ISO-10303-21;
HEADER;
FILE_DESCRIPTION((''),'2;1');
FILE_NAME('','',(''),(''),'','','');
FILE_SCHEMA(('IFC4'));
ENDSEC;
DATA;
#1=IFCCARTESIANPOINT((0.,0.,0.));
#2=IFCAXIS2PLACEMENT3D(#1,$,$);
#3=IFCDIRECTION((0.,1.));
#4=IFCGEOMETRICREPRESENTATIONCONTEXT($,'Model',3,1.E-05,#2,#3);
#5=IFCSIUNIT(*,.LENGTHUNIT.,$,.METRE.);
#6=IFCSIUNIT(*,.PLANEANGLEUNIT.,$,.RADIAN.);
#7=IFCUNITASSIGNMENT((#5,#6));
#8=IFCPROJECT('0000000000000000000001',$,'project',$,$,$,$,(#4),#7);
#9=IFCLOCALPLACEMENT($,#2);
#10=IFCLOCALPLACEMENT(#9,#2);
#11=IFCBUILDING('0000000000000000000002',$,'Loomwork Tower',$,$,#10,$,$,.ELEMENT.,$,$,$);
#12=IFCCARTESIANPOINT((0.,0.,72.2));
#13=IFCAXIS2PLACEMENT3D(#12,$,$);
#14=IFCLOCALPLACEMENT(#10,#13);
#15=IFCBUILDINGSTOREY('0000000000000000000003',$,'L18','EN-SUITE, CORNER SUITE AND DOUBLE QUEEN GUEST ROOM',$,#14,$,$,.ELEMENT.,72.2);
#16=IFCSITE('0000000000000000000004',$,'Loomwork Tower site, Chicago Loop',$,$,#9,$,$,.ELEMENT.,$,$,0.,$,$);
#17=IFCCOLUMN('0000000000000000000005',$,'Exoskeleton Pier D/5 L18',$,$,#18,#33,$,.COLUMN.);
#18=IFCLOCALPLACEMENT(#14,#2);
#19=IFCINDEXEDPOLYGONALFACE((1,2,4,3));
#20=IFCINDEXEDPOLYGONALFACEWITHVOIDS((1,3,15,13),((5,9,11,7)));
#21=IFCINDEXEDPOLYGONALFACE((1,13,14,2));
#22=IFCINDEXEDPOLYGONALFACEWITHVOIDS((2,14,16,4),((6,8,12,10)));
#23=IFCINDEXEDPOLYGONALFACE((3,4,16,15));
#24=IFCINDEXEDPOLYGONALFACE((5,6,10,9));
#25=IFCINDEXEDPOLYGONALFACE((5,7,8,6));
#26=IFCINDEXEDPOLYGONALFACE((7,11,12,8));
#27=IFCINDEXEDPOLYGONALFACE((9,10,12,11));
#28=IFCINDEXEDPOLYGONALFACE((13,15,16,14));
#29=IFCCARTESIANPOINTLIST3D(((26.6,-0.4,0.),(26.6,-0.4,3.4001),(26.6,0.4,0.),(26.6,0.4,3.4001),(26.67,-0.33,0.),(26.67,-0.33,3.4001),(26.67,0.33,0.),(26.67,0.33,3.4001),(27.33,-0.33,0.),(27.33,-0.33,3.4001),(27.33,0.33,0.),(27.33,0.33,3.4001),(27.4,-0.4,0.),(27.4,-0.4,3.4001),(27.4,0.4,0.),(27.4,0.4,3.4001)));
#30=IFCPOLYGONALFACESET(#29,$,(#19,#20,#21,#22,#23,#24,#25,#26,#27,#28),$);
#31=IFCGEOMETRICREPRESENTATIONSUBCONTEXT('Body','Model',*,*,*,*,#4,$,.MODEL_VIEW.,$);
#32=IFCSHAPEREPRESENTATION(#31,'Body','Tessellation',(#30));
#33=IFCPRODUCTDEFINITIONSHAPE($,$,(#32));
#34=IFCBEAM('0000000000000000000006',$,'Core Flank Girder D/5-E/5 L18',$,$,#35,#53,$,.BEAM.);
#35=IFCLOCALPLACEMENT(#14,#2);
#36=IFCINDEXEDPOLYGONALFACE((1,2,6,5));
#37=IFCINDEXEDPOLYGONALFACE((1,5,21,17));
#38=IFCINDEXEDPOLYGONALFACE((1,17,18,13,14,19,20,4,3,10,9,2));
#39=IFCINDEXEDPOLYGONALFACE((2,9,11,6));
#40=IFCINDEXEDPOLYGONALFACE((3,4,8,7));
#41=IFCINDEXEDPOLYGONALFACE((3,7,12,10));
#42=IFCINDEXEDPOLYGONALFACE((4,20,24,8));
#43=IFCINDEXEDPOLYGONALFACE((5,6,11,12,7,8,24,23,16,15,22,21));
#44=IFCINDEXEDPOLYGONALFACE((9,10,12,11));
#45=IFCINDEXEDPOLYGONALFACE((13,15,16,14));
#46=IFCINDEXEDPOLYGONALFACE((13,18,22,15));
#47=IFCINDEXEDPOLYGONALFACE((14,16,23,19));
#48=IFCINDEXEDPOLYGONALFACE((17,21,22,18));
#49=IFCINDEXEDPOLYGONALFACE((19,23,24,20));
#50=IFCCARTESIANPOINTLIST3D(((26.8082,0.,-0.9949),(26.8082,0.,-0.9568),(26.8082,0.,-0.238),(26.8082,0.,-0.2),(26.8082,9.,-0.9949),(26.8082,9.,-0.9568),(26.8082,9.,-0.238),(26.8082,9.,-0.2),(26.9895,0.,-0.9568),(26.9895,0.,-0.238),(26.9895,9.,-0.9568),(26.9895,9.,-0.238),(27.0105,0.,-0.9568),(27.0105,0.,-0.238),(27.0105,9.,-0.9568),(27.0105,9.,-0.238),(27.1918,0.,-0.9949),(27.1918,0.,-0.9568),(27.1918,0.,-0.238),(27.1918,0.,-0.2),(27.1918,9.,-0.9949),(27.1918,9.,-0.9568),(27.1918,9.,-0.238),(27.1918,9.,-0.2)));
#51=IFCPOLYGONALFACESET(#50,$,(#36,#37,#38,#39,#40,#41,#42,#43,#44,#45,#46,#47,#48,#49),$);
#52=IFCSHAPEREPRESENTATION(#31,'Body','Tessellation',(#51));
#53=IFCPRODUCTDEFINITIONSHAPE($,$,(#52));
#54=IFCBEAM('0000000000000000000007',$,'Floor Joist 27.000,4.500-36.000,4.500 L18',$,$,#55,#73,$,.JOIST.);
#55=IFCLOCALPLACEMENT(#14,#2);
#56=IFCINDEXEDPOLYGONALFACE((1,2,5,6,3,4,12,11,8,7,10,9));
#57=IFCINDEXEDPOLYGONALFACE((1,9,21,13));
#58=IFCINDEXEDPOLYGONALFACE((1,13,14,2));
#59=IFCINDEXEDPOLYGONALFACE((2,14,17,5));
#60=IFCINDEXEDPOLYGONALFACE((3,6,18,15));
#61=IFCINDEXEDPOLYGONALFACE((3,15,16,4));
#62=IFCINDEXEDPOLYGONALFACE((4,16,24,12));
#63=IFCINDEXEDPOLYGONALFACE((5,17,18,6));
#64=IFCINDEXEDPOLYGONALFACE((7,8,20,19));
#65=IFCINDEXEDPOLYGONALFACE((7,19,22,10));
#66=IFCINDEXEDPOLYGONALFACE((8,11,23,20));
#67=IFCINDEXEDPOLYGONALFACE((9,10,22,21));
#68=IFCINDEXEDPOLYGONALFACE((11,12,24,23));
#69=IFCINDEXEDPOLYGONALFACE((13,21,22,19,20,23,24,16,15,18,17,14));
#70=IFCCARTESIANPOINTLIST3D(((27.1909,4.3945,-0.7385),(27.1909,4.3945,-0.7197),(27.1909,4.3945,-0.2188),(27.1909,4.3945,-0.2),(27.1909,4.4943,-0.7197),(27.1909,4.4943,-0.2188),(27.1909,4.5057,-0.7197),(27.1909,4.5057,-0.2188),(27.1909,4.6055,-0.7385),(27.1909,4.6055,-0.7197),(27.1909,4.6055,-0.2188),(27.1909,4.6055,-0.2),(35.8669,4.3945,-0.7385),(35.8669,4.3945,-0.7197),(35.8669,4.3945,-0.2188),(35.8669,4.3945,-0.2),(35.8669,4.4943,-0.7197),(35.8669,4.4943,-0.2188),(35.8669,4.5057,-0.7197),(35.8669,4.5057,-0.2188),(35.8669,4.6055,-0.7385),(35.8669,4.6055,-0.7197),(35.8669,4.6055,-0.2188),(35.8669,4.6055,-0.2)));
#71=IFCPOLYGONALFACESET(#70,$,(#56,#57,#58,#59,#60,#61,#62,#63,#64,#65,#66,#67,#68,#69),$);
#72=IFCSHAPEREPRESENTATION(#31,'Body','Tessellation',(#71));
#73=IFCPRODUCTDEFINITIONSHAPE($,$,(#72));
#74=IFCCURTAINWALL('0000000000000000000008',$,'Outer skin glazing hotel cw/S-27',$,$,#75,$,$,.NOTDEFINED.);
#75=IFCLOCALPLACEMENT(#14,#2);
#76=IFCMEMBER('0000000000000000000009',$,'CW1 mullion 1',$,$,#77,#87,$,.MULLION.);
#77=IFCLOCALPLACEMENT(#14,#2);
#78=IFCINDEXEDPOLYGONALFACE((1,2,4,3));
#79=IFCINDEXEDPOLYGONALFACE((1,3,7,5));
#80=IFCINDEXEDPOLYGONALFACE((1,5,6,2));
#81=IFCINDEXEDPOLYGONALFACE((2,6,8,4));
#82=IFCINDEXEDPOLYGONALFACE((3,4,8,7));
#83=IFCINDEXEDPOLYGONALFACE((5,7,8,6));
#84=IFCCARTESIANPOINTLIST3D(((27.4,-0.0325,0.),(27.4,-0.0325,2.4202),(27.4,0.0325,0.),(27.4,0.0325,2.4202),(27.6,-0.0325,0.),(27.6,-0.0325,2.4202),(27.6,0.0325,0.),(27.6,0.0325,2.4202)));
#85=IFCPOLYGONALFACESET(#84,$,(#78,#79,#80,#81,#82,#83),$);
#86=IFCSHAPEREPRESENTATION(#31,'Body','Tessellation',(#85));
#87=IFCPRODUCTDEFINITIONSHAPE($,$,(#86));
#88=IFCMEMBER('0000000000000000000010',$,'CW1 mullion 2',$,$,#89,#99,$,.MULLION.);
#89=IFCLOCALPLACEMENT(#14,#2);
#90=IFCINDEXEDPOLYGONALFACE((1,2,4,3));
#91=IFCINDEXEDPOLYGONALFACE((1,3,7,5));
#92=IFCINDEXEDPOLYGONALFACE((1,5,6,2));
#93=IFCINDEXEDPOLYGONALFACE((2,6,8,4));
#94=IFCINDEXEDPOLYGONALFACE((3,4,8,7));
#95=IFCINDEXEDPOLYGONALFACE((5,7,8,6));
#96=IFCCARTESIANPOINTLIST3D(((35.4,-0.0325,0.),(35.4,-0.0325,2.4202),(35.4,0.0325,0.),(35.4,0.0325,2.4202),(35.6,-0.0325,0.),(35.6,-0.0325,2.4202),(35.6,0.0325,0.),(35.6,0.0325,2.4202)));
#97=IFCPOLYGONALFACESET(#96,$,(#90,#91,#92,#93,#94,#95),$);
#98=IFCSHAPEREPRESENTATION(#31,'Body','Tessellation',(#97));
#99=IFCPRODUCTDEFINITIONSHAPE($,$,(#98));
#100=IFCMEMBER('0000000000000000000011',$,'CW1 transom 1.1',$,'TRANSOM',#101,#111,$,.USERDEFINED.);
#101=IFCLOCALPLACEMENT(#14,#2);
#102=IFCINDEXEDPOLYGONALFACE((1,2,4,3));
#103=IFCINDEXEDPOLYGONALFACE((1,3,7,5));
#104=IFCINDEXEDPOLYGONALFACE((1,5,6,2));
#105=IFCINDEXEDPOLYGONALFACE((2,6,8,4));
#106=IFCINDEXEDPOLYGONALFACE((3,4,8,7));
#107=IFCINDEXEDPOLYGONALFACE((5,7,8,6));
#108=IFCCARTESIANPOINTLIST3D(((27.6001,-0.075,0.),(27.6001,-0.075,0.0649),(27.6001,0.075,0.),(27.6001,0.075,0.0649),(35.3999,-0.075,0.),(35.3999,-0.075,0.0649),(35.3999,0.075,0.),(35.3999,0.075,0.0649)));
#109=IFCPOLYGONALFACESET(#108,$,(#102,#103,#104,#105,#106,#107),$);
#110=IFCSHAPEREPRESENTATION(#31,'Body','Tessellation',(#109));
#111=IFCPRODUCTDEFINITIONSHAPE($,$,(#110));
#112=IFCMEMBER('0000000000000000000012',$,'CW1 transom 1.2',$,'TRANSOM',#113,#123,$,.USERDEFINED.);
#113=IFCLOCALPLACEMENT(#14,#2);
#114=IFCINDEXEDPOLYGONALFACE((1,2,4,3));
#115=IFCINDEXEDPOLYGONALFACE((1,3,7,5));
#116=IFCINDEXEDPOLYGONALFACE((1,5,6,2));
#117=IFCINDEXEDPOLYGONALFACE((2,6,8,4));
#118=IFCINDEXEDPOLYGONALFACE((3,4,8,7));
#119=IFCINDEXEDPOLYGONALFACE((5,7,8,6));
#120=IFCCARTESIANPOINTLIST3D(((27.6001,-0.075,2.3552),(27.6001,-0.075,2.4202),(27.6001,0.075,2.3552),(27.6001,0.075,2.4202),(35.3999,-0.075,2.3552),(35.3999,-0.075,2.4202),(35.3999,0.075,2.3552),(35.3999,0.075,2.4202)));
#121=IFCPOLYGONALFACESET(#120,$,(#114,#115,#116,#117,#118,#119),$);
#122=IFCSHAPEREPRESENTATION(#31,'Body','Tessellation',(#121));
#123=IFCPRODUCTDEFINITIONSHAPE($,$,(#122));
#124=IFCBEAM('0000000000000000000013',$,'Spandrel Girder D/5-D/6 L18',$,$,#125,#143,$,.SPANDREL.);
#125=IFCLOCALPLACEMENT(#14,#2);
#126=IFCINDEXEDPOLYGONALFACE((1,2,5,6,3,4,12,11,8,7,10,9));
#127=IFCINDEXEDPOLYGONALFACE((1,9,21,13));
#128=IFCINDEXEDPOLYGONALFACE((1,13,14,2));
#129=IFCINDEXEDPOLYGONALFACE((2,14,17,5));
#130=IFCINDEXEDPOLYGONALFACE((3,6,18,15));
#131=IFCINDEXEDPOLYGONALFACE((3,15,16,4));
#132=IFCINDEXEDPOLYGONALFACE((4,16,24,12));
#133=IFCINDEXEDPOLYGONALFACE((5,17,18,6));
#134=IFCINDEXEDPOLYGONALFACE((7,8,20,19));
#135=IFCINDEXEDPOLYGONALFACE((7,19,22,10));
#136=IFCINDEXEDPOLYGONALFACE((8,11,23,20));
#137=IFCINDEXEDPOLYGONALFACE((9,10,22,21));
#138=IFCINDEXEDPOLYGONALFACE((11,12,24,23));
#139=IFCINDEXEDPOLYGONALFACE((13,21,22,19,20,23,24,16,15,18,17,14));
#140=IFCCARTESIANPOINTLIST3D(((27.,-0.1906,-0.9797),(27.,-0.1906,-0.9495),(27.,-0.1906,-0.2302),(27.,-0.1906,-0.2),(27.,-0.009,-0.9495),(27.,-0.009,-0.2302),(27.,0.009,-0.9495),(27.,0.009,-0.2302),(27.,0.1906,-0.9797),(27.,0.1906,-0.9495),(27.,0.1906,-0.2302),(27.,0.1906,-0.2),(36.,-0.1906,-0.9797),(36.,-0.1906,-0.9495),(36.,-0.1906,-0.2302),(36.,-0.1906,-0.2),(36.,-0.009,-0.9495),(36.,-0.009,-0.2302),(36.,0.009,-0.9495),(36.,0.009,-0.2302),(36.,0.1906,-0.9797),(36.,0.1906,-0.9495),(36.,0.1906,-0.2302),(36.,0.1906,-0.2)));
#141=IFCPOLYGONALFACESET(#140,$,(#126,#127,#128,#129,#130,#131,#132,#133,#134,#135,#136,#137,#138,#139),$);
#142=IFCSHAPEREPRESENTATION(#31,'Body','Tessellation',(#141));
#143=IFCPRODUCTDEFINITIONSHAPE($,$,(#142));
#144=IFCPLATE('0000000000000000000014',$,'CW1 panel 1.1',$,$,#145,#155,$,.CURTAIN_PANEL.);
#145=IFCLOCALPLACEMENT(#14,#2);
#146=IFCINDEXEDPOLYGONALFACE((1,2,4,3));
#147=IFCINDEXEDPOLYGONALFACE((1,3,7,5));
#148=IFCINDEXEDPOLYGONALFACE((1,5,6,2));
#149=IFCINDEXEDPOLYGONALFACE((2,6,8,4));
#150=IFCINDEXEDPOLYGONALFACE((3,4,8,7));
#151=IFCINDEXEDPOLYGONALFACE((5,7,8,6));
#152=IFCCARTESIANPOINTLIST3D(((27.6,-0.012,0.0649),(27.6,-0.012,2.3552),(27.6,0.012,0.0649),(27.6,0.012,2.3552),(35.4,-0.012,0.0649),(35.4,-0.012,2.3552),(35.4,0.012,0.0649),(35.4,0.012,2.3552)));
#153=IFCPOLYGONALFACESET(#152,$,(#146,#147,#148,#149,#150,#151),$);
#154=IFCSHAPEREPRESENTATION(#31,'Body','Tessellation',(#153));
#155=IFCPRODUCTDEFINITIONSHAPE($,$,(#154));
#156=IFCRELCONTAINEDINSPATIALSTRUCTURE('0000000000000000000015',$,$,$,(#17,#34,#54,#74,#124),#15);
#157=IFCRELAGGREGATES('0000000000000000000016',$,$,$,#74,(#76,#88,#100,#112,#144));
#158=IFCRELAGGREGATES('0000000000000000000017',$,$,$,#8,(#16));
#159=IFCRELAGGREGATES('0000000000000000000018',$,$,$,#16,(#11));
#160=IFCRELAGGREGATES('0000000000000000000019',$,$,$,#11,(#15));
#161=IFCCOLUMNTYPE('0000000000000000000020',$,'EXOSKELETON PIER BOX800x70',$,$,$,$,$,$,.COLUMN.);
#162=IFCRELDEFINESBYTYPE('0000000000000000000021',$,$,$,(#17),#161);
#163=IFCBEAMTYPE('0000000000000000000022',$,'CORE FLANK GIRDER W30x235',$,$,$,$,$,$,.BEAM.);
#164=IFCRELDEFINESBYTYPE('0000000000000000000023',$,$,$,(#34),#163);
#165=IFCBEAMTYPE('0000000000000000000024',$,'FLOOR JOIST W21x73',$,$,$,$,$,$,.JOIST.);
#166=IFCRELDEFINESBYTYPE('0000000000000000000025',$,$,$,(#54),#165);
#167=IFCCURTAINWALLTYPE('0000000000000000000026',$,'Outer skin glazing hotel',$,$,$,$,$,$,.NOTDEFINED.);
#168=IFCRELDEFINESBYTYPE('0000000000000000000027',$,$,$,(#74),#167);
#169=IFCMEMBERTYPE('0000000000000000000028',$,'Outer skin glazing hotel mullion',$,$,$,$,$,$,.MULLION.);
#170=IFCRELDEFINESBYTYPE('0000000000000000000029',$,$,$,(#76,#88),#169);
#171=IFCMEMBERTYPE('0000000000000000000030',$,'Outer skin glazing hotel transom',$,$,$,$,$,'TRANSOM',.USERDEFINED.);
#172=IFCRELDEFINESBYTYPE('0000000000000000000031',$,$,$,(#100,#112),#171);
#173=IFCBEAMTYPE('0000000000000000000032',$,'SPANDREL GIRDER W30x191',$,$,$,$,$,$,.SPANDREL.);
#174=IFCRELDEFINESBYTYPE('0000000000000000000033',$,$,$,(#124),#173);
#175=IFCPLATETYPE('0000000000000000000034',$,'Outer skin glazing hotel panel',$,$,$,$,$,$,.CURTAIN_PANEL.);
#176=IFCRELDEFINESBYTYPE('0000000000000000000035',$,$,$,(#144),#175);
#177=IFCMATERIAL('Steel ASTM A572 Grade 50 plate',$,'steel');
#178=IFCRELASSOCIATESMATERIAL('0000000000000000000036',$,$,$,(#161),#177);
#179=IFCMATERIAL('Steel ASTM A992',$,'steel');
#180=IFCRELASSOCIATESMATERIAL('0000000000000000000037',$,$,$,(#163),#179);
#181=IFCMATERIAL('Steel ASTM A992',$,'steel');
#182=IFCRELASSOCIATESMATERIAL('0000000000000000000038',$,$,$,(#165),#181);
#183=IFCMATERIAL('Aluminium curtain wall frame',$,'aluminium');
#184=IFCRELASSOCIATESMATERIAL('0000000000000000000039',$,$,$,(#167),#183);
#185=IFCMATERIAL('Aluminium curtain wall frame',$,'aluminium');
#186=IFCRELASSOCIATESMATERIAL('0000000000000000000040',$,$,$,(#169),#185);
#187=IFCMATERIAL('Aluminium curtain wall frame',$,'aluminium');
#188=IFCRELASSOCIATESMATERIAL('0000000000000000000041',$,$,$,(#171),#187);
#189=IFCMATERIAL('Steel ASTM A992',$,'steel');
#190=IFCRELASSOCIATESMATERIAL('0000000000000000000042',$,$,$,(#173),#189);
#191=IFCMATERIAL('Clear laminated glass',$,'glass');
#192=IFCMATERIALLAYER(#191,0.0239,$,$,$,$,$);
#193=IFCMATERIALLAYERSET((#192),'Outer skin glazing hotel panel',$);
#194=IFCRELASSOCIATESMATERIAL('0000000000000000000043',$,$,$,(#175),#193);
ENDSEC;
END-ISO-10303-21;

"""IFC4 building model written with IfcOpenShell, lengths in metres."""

from ifc_helpers import new_model, si_unit, direction, frame, origin, origin_2d, place, context, subcontext, project, spatial, rectangle, hollow_rectangle, i_section, extrude, material, layer, layer_set, material_profile, profile_set, type_object, element, aggregate, save


model = new_model("IFC4")

# Units and contexts
model_context = context("Model", 3, precision=1e-05, world=origin(), true_north=direction((0.0, 1.0)))
body_context = subcontext(model_context, "Body", "Model", "MODEL_VIEW")
ifc_project = project(units=[si_unit("LENGTHUNIT", "METRE"), si_unit("PLANEANGLEUNIT", "RADIAN")], contexts=[model_context])

# Site, building, storey
site_placement = place(None, origin())
site = spatial("IfcSite", under=ifc_project, at=site_placement, Name="Loomwork Tower site, Chicago Loop", CompositionType="ELEMENT", RefElevation=0.0)
building_placement = place(site_placement, origin())
building = spatial("IfcBuilding", under=site, at=building_placement, Name="Loomwork Tower", CompositionType="ELEMENT")
storey_placement = place(building_placement, frame((0.0, 0.0, 72.2)))
storey = spatial("IfcBuildingStorey", under=building, at=storey_placement, Name="L18", Description="EN-SUITE, CORNER SUITE AND DOUBLE QUEEN GUEST ROOM", CompositionType="ELEMENT", Elevation=72.2)

# Column
ifc_material_1 = material(Name="Steel ASTM A572 Grade 50 plate", Category="steel")
ifc_material_profile_1 = material_profile(ifc_material_1, hollow_rectangle(XDim=0.8, YDim=0.8, WallThickness=0.0701, at=origin_2d()), Name="BOX800x70")
ifc_profile_set_1 = profile_set([ifc_material_profile_1], Name="Steel ASTM A572 Grade 50 plate")
column_type = type_object("IfcColumnType", Name="EXOSKELETON PIER BOX800x70", PredefinedType="COLUMN", material=ifc_profile_set_1)
column_placement = place(storey_placement, frame((27.0, 0.0, 0.0), z_axis=(0.0, 0.0, 1.0), x_axis=(1.0, 0.0, 0.0)))
element("IfcColumn", 1, at=column_placement, inside=storey, type_object=column_type, Name="Exoskeleton Pier D/5 L18", PredefinedType="COLUMN", context=body_context, shape_type="SweptSolid", body=[
    extrude(hollow_rectangle(XDim=0.8, YDim=0.8, WallThickness=0.0701, at=origin_2d()), origin(), (0.0, 0.0, 1.0), 3.4001),
])

# Beams
ifc_material_2 = material(Name="Steel ASTM A992", Category="steel")
ifc_material_profile_2 = material_profile(ifc_material_2, i_section(OverallWidth=0.3835, OverallDepth=0.7949, WebThickness=0.021, FlangeThickness=0.0381, at=origin_2d()), Name="W30x235")
ifc_profile_set_2 = profile_set([ifc_material_profile_2], Name="Steel ASTM A992")
beam_type_1 = type_object("IfcBeamType", Name="CORE FLANK GIRDER W30x235", PredefinedType="BEAM", material=ifc_profile_set_2)
beam_1_placement = place(storey_placement, frame((27.0, 0.0, -0.5974), z_axis=(0.0, 1.0, 0.0), x_axis=(-1.0, 0.0, 0.0)))
element("IfcBeam", 2, at=beam_1_placement, inside=storey, type_object=beam_type_1, Name="Core Flank Girder D/5-E/5 L18", PredefinedType="BEAM", context=body_context, shape_type="SweptSolid", body=[
    extrude(i_section(OverallWidth=0.3835, OverallDepth=0.7949, WebThickness=0.021, FlangeThickness=0.0381, at=origin_2d()), origin(), (0.0, 0.0, 1.0), 9.0),
])
ifc_material_3 = material(Name="Steel ASTM A992", Category="steel")
ifc_material_profile_3 = material_profile(ifc_material_3, i_section(OverallWidth=0.2109, OverallDepth=0.5386, WebThickness=0.0115, FlangeThickness=0.0188, at=origin_2d()), Name="W21x73")
ifc_profile_set_3 = profile_set([ifc_material_profile_3], Name="Steel ASTM A992")
beam_type_2 = type_object("IfcBeamType", Name="FLOOR JOIST W21x73", PredefinedType="JOIST", material=ifc_profile_set_3)
beam_2_placement = place(storey_placement, frame((27.1909, 4.5, -0.4692), z_axis=(1.0, 0.0, 0.0), x_axis=(0.0, 1.0, 0.0)))
element("IfcBeam", 3, at=beam_2_placement, inside=storey, type_object=beam_type_2, Name="Floor Joist 27.000,4.500-36.000,4.500 L18", PredefinedType="JOIST", context=body_context, shape_type="SweptSolid", body=[
    extrude(i_section(OverallWidth=0.2109, OverallDepth=0.5386, WebThickness=0.0115, FlangeThickness=0.0188, at=origin_2d()), origin(), (0.0, 0.0, 1.0), 8.676),
])

# Curtain wall, members
ifc_material_4 = material(Name="Aluminium curtain wall frame", Category="aluminium")
curtain_wall_type = type_object("IfcCurtainWallType", Name="Outer skin glazing hotel", PredefinedType="NOTDEFINED", material=ifc_material_4)
curtain_wall_placement = place(storey_placement, origin())
curtain_wall = element("IfcCurtainWall", 4, at=curtain_wall_placement, inside=storey, type_object=curtain_wall_type, Name="Outer skin glazing hotel cw/S-27", PredefinedType="NOTDEFINED")
ifc_material_5 = material(Name="Aluminium curtain wall frame", Category="aluminium")
ifc_material_profile_4 = material_profile(ifc_material_5, rectangle(XDim=0.0649, YDim=0.2, at=origin_2d()), Name="AL 65x200")
ifc_profile_set_4 = profile_set([ifc_material_profile_4], Name="Aluminium curtain wall frame")
member_type_1 = type_object("IfcMemberType", Name="Outer skin glazing hotel mullion", PredefinedType="MULLION", material=ifc_profile_set_4)
member_1_placement = place(storey_placement, frame((27.5, 0.0, 0.0), z_axis=(0.0, 0.0, 1.0), x_axis=(0.0, 1.0, 0.0)))
member_1 = element("IfcMember", 5, at=member_1_placement, type_object=member_type_1, Name="CW1 mullion 1", PredefinedType="MULLION", context=body_context, shape_type="SweptSolid", body=[
    extrude(rectangle(XDim=0.0649, YDim=0.2, at=origin_2d()), origin(), (0.0, 0.0, 1.0), 2.4202),
])
member_2_placement = place(storey_placement, frame((35.5, 0.0, 0.0), z_axis=(0.0, 0.0, 1.0), x_axis=(0.0, 1.0, 0.0)))
member_2 = element("IfcMember", 6, at=member_2_placement, type_object=member_type_1, Name="CW1 mullion 2", PredefinedType="MULLION", context=body_context, shape_type="SweptSolid", body=[
    extrude(rectangle(XDim=0.0649, YDim=0.2, at=origin_2d()), origin(), (0.0, 0.0, 1.0), 2.4202),
])
ifc_material_6 = material(Name="Aluminium curtain wall frame", Category="aluminium")
ifc_material_profile_5 = material_profile(ifc_material_6, rectangle(XDim=0.1499, YDim=0.0649, at=origin_2d()), Name="AL 65x150")
ifc_profile_set_5 = profile_set([ifc_material_profile_5], Name="Aluminium curtain wall frame")
member_type_2 = type_object("IfcMemberType", Name="Outer skin glazing hotel transom", ElementType="TRANSOM", PredefinedType="USERDEFINED", material=ifc_profile_set_5)
member_3_placement = place(storey_placement, frame((27.6001, 0.0, 0.0325), z_axis=(1.0, 0.0, 0.0), x_axis=(0.0, 1.0, 0.0)))
member_3 = element("IfcMember", 7, at=member_3_placement, type_object=member_type_2, Name="CW1 transom 1.1", ObjectType="TRANSOM", PredefinedType="USERDEFINED", context=body_context, shape_type="SweptSolid", body=[
    extrude(rectangle(XDim=0.1499, YDim=0.0649, at=origin_2d()), origin(), (0.0, 0.0, 1.0), 7.7998),
])
member_4_placement = place(storey_placement, frame((27.6001, 0.0, 2.3877), z_axis=(1.0, 0.0, 0.0), x_axis=(0.0, 1.0, 0.0)))
member_4 = element("IfcMember", 8, at=member_4_placement, type_object=member_type_2, Name="CW1 transom 1.2", ObjectType="TRANSOM", PredefinedType="USERDEFINED", context=body_context, shape_type="SweptSolid", body=[
    extrude(rectangle(XDim=0.1499, YDim=0.0649, at=origin_2d()), origin(), (0.0, 0.0, 1.0), 7.7998),
])

# Beam
ifc_material_7 = material(Name="Steel ASTM A992", Category="steel")
ifc_material_profile_6 = material_profile(ifc_material_7, i_section(OverallWidth=0.3811, OverallDepth=0.7798, WebThickness=0.0181, FlangeThickness=0.0303, at=origin_2d()), Name="W30x191")
ifc_profile_set_6 = profile_set([ifc_material_profile_6], Name="Steel ASTM A992")
beam_type_3 = type_object("IfcBeamType", Name="SPANDREL GIRDER W30x191", PredefinedType="SPANDREL", material=ifc_profile_set_6)
beam_3_placement = place(storey_placement, frame((27.0, 0.0, -0.5898), z_axis=(1.0, 0.0, 0.0), x_axis=(0.0, 1.0, 0.0)))
element("IfcBeam", 9, at=beam_3_placement, inside=storey, type_object=beam_type_3, Name="Spandrel Girder D/5-D/6 L18", PredefinedType="SPANDREL", context=body_context, shape_type="SweptSolid", body=[
    extrude(i_section(OverallWidth=0.3811, OverallDepth=0.7798, WebThickness=0.0181, FlangeThickness=0.0303, at=origin_2d()), origin(), (0.0, 0.0, 1.0), 9.0),
])

# Plate
ifc_material_8 = material(Name="Clear laminated glass", Category="glass")
ifc_layer_1 = layer(ifc_material_8, 0.0239)
ifc_layer_set_1 = layer_set([ifc_layer_1], Name="Outer skin glazing hotel panel")
plate_type = type_object("IfcPlateType", Name="Outer skin glazing hotel panel", PredefinedType="CURTAIN_PANEL", material=ifc_layer_set_1)
plate_placement = place(storey_placement, frame((31.5, 0.0, 0.0649), z_axis=(0.0, 0.0, 1.0), x_axis=(1.0, 0.0, 0.0)))
plate = element("IfcPlate", 10, at=plate_placement, type_object=plate_type, Name="CW1 panel 1.1", PredefinedType="CURTAIN_PANEL", context=body_context, shape_type="SweptSolid", body=[
    extrude(rectangle(XDim=7.8, YDim=0.0239, at=origin_2d()), origin(), (0.0, 0.0, 1.0), 2.2903),
])
aggregate(curtain_wall, [member_1, member_2, member_3, member_4, plate])

save(model, "model.ifc")
